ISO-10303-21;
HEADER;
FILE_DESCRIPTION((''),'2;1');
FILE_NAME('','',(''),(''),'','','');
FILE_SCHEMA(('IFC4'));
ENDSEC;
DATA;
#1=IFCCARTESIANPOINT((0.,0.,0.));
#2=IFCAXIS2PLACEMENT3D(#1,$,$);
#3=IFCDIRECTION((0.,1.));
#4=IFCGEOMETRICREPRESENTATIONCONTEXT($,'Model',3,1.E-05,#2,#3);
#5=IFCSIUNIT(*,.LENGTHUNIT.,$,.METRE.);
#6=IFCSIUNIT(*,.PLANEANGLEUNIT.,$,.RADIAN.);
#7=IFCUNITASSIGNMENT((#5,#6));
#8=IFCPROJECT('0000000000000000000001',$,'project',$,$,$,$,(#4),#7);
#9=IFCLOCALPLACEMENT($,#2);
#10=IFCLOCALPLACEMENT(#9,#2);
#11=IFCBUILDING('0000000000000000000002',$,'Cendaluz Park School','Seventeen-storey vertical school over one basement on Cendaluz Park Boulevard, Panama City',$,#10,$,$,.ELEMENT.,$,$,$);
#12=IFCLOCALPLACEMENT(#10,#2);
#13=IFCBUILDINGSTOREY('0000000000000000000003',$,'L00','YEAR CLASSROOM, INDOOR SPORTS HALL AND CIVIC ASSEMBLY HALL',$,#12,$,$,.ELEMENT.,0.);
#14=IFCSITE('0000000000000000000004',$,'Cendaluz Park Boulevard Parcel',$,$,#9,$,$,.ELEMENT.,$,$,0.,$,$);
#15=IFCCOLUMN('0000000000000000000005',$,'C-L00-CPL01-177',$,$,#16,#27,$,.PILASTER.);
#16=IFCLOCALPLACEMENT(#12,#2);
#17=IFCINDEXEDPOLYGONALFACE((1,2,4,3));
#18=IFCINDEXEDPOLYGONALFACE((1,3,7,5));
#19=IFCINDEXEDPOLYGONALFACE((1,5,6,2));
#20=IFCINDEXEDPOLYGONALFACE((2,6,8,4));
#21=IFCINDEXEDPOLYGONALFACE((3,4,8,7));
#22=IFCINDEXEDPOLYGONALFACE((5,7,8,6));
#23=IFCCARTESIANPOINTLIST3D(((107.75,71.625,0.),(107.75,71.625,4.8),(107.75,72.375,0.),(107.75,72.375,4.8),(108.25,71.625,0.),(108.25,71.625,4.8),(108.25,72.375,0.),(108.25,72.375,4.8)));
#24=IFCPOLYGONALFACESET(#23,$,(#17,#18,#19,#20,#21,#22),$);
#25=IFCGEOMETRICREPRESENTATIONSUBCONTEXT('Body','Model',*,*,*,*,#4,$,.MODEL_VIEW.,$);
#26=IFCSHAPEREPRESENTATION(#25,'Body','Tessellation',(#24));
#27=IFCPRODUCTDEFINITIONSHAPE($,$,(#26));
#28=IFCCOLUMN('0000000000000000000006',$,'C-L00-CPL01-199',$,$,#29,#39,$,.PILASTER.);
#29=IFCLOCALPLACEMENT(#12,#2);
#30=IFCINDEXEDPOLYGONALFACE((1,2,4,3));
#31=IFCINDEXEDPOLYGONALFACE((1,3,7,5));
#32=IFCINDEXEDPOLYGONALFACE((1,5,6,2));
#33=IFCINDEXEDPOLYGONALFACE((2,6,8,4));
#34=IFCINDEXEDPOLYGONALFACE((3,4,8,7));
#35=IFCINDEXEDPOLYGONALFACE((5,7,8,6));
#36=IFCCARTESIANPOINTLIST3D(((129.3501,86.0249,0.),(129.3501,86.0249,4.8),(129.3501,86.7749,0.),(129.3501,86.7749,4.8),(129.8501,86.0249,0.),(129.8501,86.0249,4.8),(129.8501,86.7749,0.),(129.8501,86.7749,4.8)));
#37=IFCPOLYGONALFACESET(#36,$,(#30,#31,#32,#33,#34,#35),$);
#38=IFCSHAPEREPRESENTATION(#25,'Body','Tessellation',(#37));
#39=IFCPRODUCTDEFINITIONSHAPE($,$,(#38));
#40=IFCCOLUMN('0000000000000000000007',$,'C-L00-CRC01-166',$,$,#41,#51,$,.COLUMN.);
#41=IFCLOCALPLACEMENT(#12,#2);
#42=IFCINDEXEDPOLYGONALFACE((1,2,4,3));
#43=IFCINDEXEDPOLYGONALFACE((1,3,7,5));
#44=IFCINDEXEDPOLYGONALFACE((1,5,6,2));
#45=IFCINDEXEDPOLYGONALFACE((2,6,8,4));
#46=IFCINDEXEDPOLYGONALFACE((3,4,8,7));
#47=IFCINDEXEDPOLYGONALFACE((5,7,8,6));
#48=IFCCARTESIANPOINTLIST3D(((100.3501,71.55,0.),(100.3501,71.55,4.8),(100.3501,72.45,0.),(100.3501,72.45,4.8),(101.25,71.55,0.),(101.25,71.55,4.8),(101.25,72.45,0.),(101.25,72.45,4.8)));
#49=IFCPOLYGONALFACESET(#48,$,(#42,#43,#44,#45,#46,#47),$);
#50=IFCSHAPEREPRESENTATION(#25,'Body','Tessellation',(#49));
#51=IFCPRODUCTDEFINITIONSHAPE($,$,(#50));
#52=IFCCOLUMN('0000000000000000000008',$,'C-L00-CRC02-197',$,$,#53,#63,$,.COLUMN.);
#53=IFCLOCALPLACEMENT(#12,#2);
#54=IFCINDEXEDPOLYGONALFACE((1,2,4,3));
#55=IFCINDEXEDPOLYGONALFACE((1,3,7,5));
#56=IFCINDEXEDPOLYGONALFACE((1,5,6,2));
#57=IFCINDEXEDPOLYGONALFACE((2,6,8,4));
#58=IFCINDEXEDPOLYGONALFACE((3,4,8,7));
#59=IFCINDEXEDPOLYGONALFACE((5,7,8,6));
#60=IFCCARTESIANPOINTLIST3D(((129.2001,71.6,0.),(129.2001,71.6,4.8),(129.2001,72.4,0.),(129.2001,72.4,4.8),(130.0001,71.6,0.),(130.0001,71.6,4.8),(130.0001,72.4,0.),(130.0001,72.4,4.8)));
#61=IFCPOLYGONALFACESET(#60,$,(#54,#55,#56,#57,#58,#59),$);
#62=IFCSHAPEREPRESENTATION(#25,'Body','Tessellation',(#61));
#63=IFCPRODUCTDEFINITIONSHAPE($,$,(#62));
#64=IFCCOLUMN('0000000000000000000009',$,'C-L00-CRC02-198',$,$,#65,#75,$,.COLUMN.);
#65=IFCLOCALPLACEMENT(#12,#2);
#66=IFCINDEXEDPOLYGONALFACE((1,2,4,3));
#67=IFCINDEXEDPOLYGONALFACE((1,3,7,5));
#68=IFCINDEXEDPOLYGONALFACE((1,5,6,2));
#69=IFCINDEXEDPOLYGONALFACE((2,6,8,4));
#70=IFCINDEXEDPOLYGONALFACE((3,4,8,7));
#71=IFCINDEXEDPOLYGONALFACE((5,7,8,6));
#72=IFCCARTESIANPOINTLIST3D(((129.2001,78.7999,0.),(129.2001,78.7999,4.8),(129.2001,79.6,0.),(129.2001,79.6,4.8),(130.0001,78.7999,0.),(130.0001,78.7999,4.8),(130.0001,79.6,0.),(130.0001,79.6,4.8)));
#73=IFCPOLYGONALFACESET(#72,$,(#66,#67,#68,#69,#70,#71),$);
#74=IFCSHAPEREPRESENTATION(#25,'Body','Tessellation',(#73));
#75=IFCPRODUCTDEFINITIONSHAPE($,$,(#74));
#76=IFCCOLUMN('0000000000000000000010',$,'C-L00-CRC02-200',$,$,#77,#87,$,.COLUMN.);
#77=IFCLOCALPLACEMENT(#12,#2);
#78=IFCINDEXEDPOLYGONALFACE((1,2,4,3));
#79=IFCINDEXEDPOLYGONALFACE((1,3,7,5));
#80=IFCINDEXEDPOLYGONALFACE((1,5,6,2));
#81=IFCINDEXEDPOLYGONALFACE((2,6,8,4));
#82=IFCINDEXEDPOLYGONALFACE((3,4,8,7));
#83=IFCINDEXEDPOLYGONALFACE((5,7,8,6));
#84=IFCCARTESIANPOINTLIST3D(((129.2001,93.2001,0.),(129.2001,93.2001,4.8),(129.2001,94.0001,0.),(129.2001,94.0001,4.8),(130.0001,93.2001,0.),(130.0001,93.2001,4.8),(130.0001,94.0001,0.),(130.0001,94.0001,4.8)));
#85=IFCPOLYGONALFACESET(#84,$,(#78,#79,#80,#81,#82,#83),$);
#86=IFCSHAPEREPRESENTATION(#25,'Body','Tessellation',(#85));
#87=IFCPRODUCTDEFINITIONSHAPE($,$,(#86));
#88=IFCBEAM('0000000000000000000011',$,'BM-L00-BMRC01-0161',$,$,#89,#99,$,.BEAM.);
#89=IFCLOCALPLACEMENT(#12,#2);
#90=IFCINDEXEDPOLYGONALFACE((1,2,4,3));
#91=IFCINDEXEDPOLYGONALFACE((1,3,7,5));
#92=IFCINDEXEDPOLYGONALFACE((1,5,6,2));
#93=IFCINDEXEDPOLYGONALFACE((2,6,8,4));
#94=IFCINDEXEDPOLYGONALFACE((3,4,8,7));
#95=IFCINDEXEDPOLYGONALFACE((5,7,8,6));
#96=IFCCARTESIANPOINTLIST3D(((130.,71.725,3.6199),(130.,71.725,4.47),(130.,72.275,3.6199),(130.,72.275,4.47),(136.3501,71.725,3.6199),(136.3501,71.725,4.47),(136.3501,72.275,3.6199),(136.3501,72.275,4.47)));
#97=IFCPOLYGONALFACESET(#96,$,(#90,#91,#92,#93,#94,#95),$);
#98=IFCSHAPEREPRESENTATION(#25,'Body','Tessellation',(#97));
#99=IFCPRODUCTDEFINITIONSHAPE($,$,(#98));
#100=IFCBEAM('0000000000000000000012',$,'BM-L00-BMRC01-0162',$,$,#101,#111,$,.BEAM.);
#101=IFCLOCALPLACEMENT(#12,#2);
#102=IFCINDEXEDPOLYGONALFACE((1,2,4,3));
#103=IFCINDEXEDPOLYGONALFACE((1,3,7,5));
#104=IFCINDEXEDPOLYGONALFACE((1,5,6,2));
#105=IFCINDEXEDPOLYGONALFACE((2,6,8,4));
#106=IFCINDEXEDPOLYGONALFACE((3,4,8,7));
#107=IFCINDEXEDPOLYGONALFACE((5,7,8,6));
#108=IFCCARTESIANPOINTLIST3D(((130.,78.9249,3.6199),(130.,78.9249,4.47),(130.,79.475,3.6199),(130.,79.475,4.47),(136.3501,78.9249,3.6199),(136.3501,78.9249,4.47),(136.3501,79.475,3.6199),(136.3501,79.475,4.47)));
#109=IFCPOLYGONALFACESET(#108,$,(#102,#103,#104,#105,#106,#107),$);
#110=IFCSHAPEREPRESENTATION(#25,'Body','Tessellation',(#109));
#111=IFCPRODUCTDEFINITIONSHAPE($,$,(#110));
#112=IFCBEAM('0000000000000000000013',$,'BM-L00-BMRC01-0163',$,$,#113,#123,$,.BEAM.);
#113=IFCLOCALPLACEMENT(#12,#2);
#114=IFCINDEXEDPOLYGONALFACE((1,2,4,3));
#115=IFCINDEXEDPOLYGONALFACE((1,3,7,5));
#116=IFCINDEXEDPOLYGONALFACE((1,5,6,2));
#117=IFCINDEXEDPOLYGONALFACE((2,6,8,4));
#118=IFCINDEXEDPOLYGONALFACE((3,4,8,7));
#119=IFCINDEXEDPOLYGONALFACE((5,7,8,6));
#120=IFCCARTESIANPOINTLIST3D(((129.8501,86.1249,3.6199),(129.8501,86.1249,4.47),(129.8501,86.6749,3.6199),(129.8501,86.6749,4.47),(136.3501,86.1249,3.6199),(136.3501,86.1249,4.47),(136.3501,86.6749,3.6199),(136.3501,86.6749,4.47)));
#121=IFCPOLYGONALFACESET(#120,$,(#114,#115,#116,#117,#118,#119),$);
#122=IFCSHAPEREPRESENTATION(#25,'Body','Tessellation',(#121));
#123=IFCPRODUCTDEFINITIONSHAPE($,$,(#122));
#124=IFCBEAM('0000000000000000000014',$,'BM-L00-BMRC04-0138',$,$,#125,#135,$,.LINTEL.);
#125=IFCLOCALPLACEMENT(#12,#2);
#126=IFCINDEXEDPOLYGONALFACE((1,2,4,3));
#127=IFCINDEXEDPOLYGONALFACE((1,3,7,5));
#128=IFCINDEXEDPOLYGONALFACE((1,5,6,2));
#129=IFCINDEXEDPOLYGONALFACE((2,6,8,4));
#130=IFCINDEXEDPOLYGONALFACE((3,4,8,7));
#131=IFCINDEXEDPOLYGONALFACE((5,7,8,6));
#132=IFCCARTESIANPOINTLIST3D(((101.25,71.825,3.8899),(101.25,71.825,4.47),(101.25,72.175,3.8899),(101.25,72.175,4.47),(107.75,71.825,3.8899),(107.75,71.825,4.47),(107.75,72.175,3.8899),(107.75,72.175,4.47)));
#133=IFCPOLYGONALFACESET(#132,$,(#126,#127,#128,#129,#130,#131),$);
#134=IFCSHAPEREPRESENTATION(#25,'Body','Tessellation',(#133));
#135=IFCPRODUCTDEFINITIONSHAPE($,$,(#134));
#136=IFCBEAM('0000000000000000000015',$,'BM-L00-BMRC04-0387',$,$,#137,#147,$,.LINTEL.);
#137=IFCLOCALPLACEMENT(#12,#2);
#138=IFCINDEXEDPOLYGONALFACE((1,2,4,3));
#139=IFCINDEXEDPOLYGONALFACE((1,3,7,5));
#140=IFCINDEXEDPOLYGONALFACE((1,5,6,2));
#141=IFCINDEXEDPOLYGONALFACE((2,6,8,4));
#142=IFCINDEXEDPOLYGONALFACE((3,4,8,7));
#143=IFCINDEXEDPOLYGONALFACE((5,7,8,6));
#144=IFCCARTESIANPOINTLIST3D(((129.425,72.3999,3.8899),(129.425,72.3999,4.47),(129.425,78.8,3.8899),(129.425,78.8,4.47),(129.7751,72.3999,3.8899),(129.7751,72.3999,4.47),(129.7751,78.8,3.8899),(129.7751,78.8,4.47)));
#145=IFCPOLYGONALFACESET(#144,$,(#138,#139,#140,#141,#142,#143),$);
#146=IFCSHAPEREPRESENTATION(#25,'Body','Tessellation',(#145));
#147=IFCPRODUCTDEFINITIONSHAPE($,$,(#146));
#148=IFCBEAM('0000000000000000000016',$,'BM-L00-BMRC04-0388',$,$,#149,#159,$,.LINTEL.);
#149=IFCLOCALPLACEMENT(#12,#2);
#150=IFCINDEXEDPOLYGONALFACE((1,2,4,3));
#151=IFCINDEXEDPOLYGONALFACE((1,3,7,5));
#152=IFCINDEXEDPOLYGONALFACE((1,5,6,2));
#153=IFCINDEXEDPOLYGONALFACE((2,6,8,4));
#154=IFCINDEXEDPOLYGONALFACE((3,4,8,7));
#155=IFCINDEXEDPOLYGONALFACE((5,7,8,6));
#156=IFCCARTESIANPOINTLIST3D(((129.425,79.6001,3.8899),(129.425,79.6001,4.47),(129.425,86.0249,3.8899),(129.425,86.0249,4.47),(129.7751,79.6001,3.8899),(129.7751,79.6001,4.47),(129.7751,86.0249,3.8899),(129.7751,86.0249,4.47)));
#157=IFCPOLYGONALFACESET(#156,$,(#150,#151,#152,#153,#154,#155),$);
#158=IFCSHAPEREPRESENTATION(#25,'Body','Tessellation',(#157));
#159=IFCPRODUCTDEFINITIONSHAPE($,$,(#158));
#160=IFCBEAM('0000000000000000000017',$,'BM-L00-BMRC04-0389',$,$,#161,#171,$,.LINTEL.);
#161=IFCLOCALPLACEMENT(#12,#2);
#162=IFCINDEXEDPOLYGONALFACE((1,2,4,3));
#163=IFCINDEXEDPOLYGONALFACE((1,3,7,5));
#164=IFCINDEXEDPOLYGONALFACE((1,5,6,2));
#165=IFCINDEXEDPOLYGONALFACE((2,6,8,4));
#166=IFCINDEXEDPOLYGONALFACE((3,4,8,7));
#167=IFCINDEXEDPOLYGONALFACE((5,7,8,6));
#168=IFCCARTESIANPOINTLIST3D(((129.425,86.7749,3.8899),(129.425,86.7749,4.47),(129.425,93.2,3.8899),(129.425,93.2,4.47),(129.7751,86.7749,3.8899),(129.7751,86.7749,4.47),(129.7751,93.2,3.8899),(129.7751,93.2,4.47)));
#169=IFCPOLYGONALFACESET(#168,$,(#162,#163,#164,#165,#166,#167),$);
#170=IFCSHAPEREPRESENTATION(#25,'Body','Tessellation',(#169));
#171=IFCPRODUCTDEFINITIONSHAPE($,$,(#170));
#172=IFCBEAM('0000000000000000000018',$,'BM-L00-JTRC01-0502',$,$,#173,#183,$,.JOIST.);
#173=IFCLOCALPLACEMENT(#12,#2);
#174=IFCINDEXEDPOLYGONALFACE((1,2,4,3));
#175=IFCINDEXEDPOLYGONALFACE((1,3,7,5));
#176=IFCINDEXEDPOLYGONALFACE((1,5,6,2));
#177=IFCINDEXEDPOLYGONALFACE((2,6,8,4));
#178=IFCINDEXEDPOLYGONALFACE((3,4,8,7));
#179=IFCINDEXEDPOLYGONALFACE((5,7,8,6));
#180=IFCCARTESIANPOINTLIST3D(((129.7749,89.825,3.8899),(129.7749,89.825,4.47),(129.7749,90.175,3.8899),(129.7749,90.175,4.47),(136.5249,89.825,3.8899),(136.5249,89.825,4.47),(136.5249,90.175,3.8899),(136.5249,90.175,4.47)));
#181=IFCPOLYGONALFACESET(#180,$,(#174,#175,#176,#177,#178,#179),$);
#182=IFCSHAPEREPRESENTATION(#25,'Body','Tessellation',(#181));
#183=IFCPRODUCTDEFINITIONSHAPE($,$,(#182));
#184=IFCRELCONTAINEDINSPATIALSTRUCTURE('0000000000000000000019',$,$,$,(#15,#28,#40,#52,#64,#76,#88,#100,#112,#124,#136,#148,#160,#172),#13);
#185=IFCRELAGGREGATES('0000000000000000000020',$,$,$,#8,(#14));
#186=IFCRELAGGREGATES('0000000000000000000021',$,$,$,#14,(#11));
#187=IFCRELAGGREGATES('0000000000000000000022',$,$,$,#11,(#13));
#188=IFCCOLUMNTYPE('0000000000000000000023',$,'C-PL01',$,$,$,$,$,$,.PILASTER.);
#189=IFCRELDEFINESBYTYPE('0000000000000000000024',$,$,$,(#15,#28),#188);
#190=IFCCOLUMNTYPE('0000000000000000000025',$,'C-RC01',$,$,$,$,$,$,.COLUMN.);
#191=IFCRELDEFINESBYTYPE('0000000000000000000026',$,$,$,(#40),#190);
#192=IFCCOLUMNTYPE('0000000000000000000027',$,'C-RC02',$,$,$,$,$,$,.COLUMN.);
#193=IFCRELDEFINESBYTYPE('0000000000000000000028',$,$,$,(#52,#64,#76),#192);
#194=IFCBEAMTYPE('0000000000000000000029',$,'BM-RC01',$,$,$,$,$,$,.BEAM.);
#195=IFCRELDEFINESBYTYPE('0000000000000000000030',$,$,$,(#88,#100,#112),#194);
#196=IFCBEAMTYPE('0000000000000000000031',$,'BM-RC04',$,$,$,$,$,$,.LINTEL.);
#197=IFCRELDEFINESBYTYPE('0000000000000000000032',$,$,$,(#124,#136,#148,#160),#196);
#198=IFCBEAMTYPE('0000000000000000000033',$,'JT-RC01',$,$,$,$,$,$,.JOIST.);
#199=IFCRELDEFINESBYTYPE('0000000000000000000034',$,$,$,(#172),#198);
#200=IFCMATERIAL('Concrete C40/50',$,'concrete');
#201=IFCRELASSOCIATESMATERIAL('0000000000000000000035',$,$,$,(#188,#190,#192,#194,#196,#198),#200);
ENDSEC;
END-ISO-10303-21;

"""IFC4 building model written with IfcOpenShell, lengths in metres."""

from ifc_helpers import new_model, si_unit, direction, frame, origin, origin_2d, place, context, subcontext, project, spatial, rectangle, extrude, material, material_profile, profile_set, type_object, element, save


model = new_model("IFC4")

# Units and contexts
model_context = context("Model", 3, precision=1e-05, world=origin(), true_north=direction((0.0, 1.0)))
body_context = subcontext(model_context, "Body", "Model", "MODEL_VIEW")
ifc_project = project(units=[si_unit("LENGTHUNIT", "METRE"), si_unit("PLANEANGLEUNIT", "RADIAN")], contexts=[model_context])

# Site, building, storey
site_placement = place(None, origin())
site = spatial("IfcSite", under=ifc_project, at=site_placement, Name="Cendaluz Park Boulevard Parcel", CompositionType="ELEMENT", RefElevation=0.0)
building_placement = place(site_placement, origin())
building = spatial("IfcBuilding", under=site, at=building_placement, Name="Cendaluz Park School", Description="Seventeen-storey vertical school over one basement on Cendaluz Park Boulevard, Panama City", CompositionType="ELEMENT")
storey_placement = place(building_placement, origin())
storey = spatial("IfcBuildingStorey", under=building, at=storey_placement, Name="L00", Description="YEAR CLASSROOM, INDOOR SPORTS HALL AND CIVIC ASSEMBLY HALL", CompositionType="ELEMENT", Elevation=0.0)

# Columns
ifc_material_1 = material(Name="Concrete C40/50", Category="concrete")
ifc_material_profile_1 = material_profile(ifc_material_1, rectangle(XDim=0.5, YDim=0.75, at=origin_2d()), Name="RC 500x750", Category="concrete")
ifc_profile_set_1 = profile_set([ifc_material_profile_1], Name="Concrete C40/50")
column_type_1 = type_object("IfcColumnType", Name="C-PL01", PredefinedType="PILASTER", material=ifc_profile_set_1)
for number, where, z_axis, x_axis, name in (
    (1, (108.0, 72.0, 0.0), (0.0, 0.0, 1.0), (1.0, 0.0, 0.0), "C-L00-CPL01-177"),
    (2, (129.6001, 86.3999, 0.0), (0.0, 0.0, 1.0), (1.0, 0.0, 0.0), "C-L00-CPL01-199"),
):
    element("IfcColumn", number, at=place(storey_placement, frame(where, z_axis=z_axis, x_axis=x_axis)), inside=storey, type_object=column_type_1, Name=name, PredefinedType="PILASTER", context=body_context, shape_type="SweptSolid", body=[
        extrude(rectangle(XDim=0.5, YDim=0.75, at=origin_2d()), origin(), (0.0, 0.0, 1.0), 4.8),
    ])
ifc_material_profile_2 = material_profile(ifc_material_1, rectangle(XDim=0.8999, YDim=0.8999, at=origin_2d()), Name="RC 900x900", Category="concrete")
ifc_profile_set_2 = profile_set([ifc_material_profile_2], Name="Concrete C40/50")
column_type_2 = type_object("IfcColumnType", Name="C-RC01", PredefinedType="COLUMN", material=ifc_profile_set_2)
column_placement = place(storey_placement, frame((100.8, 72.0, 0.0), z_axis=(0.0, 0.0, 1.0), x_axis=(1.0, 0.0, 0.0)))
element("IfcColumn", 3, at=column_placement, inside=storey, type_object=column_type_2, Name="C-L00-CRC01-166", PredefinedType="COLUMN", context=body_context, shape_type="SweptSolid", body=[
    extrude(rectangle(XDim=0.8999, YDim=0.8999, at=origin_2d()), origin(), (0.0, 0.0, 1.0), 4.8),
])
ifc_material_profile_3 = material_profile(ifc_material_1, rectangle(XDim=0.8, YDim=0.8, at=origin_2d()), Name="RC 800x800", Category="concrete")
ifc_profile_set_3 = profile_set([ifc_material_profile_3], Name="Concrete C40/50")
column_type_3 = type_object("IfcColumnType", Name="C-RC02", PredefinedType="COLUMN", material=ifc_profile_set_3)
for number, where, z_axis, x_axis, name in (
    (4, (129.6001, 72.0, 0.0), (0.0, 0.0, 1.0), (1.0, 0.0, 0.0), "C-L00-CRC02-197"),
    (5, (129.6001, 79.2, 0.0), (0.0, 0.0, 1.0), (1.0, 0.0, 0.0), "C-L00-CRC02-198"),
    (6, (129.6001, 93.6001, 0.0), (0.0, 0.0, 1.0), (1.0, 0.0, 0.0), "C-L00-CRC02-200"),
):
    element("IfcColumn", number, at=place(storey_placement, frame(where, z_axis=z_axis, x_axis=x_axis)), inside=storey, type_object=column_type_3, Name=name, PredefinedType="COLUMN", context=body_context, shape_type="SweptSolid", body=[
        extrude(rectangle(XDim=0.8, YDim=0.8, at=origin_2d()), origin(), (0.0, 0.0, 1.0), 4.8),
    ])

# Beams
ifc_material_profile_4 = material_profile(ifc_material_1, rectangle(XDim=0.55, YDim=0.8501, at=origin_2d()), Name="RC 550x850", Category="concrete")
ifc_profile_set_4 = profile_set([ifc_material_profile_4], Name="Concrete C40/50")
beam_type_1 = type_object("IfcBeamType", Name="BM-RC01", PredefinedType="BEAM", material=ifc_profile_set_4)
for number, where, z_axis, x_axis, name in (
    (7, (130.0, 72.0, 4.0449), (1.0, 0.0, 0.0), (0.0, 1.0, 0.0), "BM-L00-BMRC01-0161"),
    (8, (130.0, 79.2, 4.0449), (1.0, 0.0, 0.0), (0.0, 1.0, 0.0), "BM-L00-BMRC01-0162"),
):
    element("IfcBeam", number, at=place(storey_placement, frame(where, z_axis=z_axis, x_axis=x_axis)), inside=storey, type_object=beam_type_1, Name=name, PredefinedType="BEAM", context=body_context, shape_type="SweptSolid", body=[
        extrude(rectangle(XDim=0.55, YDim=0.8501, at=origin_2d()), origin(), (0.0, 0.0, 1.0), 6.3501),
    ])
beam_1_placement = place(storey_placement, frame((129.8501, 86.3999, 4.0449), z_axis=(1.0, 0.0, 0.0), x_axis=(0.0, 1.0, 0.0)))
element("IfcBeam", 9, at=beam_1_placement, inside=storey, type_object=beam_type_1, Name="BM-L00-BMRC01-0163", PredefinedType="BEAM", context=body_context, shape_type="SweptSolid", body=[
    extrude(rectangle(XDim=0.55, YDim=0.8501, at=origin_2d()), origin(), (0.0, 0.0, 1.0), 6.5),
])
ifc_material_profile_5 = material_profile(ifc_material_1, rectangle(XDim=0.3501, YDim=0.5801, at=origin_2d()), Name="RC 350x580", Category="concrete")
ifc_profile_set_5 = profile_set([ifc_material_profile_5], Name="Concrete C40/50")
beam_type_2 = type_object("IfcBeamType", Name="BM-RC04", PredefinedType="LINTEL", material=ifc_profile_set_5)
beam_2_placement = place(storey_placement, frame((101.25, 72.0, 4.1799), z_axis=(1.0, 0.0, 0.0), x_axis=(0.0, 1.0, 0.0)))
element("IfcBeam", 10, at=beam_2_placement, inside=storey, type_object=beam_type_2, Name="BM-L00-BMRC04-0138", PredefinedType="LINTEL", context=body_context, shape_type="SweptSolid", body=[
    extrude(rectangle(XDim=0.3501, YDim=0.5801, at=origin_2d()), origin(), (0.0, 0.0, 1.0), 6.5),
])
beam_3_placement = place(storey_placement, frame((129.6001, 72.3999, 4.1799), z_axis=(0.0, 1.0, 0.0), x_axis=(-1.0, 0.0, 0.0)))
element("IfcBeam", 11, at=beam_3_placement, inside=storey, type_object=beam_type_2, Name="BM-L00-BMRC04-0387", PredefinedType="LINTEL", context=body_context, shape_type="SweptSolid", body=[
    extrude(rectangle(XDim=0.3501, YDim=0.5801, at=origin_2d()), origin(), (0.0, 0.0, 1.0), 6.4001),
])
beam_4_placement = place(storey_placement, frame((129.6001, 79.6001, 4.1799), z_axis=(0.0, 1.0, 0.0), x_axis=(-1.0, 0.0, 0.0)))
element("IfcBeam", 12, at=beam_4_placement, inside=storey, type_object=beam_type_2, Name="BM-L00-BMRC04-0388", PredefinedType="LINTEL", context=body_context, shape_type="SweptSolid", body=[
    extrude(rectangle(XDim=0.3501, YDim=0.5801, at=origin_2d()), origin(), (0.0, 0.0, 1.0), 6.4248),
])
beam_5_placement = place(storey_placement, frame((129.6001, 86.7749, 4.1799), z_axis=(0.0, 1.0, 0.0), x_axis=(-1.0, 0.0, 0.0)))
element("IfcBeam", 13, at=beam_5_placement, inside=storey, type_object=beam_type_2, Name="BM-L00-BMRC04-0389", PredefinedType="LINTEL", context=body_context, shape_type="SweptSolid", body=[
    extrude(rectangle(XDim=0.3501, YDim=0.5801, at=origin_2d()), origin(), (0.0, 0.0, 1.0), 6.425),
])
ifc_material_profile_6 = material_profile(ifc_material_1, rectangle(XDim=0.3501, YDim=0.5801, at=origin_2d()), Name="RC 350x580", Category="concrete")
ifc_profile_set_6 = profile_set([ifc_material_profile_6], Name="Concrete C40/50")
beam_type_3 = type_object("IfcBeamType", Name="JT-RC01", PredefinedType="JOIST", material=ifc_profile_set_6)
beam_6_placement = place(storey_placement, frame((129.7749, 90.0, 4.1799), z_axis=(1.0, 0.0, 0.0), x_axis=(0.0, 1.0, 0.0)))
element("IfcBeam", 14, at=beam_6_placement, inside=storey, type_object=beam_type_3, Name="BM-L00-JTRC01-0502", PredefinedType="JOIST", context=body_context, shape_type="SweptSolid", body=[
    extrude(rectangle(XDim=0.3501, YDim=0.5801, at=origin_2d()), origin(), (0.0, 0.0, 1.0), 6.75),
])

save(model, "model.ifc")
